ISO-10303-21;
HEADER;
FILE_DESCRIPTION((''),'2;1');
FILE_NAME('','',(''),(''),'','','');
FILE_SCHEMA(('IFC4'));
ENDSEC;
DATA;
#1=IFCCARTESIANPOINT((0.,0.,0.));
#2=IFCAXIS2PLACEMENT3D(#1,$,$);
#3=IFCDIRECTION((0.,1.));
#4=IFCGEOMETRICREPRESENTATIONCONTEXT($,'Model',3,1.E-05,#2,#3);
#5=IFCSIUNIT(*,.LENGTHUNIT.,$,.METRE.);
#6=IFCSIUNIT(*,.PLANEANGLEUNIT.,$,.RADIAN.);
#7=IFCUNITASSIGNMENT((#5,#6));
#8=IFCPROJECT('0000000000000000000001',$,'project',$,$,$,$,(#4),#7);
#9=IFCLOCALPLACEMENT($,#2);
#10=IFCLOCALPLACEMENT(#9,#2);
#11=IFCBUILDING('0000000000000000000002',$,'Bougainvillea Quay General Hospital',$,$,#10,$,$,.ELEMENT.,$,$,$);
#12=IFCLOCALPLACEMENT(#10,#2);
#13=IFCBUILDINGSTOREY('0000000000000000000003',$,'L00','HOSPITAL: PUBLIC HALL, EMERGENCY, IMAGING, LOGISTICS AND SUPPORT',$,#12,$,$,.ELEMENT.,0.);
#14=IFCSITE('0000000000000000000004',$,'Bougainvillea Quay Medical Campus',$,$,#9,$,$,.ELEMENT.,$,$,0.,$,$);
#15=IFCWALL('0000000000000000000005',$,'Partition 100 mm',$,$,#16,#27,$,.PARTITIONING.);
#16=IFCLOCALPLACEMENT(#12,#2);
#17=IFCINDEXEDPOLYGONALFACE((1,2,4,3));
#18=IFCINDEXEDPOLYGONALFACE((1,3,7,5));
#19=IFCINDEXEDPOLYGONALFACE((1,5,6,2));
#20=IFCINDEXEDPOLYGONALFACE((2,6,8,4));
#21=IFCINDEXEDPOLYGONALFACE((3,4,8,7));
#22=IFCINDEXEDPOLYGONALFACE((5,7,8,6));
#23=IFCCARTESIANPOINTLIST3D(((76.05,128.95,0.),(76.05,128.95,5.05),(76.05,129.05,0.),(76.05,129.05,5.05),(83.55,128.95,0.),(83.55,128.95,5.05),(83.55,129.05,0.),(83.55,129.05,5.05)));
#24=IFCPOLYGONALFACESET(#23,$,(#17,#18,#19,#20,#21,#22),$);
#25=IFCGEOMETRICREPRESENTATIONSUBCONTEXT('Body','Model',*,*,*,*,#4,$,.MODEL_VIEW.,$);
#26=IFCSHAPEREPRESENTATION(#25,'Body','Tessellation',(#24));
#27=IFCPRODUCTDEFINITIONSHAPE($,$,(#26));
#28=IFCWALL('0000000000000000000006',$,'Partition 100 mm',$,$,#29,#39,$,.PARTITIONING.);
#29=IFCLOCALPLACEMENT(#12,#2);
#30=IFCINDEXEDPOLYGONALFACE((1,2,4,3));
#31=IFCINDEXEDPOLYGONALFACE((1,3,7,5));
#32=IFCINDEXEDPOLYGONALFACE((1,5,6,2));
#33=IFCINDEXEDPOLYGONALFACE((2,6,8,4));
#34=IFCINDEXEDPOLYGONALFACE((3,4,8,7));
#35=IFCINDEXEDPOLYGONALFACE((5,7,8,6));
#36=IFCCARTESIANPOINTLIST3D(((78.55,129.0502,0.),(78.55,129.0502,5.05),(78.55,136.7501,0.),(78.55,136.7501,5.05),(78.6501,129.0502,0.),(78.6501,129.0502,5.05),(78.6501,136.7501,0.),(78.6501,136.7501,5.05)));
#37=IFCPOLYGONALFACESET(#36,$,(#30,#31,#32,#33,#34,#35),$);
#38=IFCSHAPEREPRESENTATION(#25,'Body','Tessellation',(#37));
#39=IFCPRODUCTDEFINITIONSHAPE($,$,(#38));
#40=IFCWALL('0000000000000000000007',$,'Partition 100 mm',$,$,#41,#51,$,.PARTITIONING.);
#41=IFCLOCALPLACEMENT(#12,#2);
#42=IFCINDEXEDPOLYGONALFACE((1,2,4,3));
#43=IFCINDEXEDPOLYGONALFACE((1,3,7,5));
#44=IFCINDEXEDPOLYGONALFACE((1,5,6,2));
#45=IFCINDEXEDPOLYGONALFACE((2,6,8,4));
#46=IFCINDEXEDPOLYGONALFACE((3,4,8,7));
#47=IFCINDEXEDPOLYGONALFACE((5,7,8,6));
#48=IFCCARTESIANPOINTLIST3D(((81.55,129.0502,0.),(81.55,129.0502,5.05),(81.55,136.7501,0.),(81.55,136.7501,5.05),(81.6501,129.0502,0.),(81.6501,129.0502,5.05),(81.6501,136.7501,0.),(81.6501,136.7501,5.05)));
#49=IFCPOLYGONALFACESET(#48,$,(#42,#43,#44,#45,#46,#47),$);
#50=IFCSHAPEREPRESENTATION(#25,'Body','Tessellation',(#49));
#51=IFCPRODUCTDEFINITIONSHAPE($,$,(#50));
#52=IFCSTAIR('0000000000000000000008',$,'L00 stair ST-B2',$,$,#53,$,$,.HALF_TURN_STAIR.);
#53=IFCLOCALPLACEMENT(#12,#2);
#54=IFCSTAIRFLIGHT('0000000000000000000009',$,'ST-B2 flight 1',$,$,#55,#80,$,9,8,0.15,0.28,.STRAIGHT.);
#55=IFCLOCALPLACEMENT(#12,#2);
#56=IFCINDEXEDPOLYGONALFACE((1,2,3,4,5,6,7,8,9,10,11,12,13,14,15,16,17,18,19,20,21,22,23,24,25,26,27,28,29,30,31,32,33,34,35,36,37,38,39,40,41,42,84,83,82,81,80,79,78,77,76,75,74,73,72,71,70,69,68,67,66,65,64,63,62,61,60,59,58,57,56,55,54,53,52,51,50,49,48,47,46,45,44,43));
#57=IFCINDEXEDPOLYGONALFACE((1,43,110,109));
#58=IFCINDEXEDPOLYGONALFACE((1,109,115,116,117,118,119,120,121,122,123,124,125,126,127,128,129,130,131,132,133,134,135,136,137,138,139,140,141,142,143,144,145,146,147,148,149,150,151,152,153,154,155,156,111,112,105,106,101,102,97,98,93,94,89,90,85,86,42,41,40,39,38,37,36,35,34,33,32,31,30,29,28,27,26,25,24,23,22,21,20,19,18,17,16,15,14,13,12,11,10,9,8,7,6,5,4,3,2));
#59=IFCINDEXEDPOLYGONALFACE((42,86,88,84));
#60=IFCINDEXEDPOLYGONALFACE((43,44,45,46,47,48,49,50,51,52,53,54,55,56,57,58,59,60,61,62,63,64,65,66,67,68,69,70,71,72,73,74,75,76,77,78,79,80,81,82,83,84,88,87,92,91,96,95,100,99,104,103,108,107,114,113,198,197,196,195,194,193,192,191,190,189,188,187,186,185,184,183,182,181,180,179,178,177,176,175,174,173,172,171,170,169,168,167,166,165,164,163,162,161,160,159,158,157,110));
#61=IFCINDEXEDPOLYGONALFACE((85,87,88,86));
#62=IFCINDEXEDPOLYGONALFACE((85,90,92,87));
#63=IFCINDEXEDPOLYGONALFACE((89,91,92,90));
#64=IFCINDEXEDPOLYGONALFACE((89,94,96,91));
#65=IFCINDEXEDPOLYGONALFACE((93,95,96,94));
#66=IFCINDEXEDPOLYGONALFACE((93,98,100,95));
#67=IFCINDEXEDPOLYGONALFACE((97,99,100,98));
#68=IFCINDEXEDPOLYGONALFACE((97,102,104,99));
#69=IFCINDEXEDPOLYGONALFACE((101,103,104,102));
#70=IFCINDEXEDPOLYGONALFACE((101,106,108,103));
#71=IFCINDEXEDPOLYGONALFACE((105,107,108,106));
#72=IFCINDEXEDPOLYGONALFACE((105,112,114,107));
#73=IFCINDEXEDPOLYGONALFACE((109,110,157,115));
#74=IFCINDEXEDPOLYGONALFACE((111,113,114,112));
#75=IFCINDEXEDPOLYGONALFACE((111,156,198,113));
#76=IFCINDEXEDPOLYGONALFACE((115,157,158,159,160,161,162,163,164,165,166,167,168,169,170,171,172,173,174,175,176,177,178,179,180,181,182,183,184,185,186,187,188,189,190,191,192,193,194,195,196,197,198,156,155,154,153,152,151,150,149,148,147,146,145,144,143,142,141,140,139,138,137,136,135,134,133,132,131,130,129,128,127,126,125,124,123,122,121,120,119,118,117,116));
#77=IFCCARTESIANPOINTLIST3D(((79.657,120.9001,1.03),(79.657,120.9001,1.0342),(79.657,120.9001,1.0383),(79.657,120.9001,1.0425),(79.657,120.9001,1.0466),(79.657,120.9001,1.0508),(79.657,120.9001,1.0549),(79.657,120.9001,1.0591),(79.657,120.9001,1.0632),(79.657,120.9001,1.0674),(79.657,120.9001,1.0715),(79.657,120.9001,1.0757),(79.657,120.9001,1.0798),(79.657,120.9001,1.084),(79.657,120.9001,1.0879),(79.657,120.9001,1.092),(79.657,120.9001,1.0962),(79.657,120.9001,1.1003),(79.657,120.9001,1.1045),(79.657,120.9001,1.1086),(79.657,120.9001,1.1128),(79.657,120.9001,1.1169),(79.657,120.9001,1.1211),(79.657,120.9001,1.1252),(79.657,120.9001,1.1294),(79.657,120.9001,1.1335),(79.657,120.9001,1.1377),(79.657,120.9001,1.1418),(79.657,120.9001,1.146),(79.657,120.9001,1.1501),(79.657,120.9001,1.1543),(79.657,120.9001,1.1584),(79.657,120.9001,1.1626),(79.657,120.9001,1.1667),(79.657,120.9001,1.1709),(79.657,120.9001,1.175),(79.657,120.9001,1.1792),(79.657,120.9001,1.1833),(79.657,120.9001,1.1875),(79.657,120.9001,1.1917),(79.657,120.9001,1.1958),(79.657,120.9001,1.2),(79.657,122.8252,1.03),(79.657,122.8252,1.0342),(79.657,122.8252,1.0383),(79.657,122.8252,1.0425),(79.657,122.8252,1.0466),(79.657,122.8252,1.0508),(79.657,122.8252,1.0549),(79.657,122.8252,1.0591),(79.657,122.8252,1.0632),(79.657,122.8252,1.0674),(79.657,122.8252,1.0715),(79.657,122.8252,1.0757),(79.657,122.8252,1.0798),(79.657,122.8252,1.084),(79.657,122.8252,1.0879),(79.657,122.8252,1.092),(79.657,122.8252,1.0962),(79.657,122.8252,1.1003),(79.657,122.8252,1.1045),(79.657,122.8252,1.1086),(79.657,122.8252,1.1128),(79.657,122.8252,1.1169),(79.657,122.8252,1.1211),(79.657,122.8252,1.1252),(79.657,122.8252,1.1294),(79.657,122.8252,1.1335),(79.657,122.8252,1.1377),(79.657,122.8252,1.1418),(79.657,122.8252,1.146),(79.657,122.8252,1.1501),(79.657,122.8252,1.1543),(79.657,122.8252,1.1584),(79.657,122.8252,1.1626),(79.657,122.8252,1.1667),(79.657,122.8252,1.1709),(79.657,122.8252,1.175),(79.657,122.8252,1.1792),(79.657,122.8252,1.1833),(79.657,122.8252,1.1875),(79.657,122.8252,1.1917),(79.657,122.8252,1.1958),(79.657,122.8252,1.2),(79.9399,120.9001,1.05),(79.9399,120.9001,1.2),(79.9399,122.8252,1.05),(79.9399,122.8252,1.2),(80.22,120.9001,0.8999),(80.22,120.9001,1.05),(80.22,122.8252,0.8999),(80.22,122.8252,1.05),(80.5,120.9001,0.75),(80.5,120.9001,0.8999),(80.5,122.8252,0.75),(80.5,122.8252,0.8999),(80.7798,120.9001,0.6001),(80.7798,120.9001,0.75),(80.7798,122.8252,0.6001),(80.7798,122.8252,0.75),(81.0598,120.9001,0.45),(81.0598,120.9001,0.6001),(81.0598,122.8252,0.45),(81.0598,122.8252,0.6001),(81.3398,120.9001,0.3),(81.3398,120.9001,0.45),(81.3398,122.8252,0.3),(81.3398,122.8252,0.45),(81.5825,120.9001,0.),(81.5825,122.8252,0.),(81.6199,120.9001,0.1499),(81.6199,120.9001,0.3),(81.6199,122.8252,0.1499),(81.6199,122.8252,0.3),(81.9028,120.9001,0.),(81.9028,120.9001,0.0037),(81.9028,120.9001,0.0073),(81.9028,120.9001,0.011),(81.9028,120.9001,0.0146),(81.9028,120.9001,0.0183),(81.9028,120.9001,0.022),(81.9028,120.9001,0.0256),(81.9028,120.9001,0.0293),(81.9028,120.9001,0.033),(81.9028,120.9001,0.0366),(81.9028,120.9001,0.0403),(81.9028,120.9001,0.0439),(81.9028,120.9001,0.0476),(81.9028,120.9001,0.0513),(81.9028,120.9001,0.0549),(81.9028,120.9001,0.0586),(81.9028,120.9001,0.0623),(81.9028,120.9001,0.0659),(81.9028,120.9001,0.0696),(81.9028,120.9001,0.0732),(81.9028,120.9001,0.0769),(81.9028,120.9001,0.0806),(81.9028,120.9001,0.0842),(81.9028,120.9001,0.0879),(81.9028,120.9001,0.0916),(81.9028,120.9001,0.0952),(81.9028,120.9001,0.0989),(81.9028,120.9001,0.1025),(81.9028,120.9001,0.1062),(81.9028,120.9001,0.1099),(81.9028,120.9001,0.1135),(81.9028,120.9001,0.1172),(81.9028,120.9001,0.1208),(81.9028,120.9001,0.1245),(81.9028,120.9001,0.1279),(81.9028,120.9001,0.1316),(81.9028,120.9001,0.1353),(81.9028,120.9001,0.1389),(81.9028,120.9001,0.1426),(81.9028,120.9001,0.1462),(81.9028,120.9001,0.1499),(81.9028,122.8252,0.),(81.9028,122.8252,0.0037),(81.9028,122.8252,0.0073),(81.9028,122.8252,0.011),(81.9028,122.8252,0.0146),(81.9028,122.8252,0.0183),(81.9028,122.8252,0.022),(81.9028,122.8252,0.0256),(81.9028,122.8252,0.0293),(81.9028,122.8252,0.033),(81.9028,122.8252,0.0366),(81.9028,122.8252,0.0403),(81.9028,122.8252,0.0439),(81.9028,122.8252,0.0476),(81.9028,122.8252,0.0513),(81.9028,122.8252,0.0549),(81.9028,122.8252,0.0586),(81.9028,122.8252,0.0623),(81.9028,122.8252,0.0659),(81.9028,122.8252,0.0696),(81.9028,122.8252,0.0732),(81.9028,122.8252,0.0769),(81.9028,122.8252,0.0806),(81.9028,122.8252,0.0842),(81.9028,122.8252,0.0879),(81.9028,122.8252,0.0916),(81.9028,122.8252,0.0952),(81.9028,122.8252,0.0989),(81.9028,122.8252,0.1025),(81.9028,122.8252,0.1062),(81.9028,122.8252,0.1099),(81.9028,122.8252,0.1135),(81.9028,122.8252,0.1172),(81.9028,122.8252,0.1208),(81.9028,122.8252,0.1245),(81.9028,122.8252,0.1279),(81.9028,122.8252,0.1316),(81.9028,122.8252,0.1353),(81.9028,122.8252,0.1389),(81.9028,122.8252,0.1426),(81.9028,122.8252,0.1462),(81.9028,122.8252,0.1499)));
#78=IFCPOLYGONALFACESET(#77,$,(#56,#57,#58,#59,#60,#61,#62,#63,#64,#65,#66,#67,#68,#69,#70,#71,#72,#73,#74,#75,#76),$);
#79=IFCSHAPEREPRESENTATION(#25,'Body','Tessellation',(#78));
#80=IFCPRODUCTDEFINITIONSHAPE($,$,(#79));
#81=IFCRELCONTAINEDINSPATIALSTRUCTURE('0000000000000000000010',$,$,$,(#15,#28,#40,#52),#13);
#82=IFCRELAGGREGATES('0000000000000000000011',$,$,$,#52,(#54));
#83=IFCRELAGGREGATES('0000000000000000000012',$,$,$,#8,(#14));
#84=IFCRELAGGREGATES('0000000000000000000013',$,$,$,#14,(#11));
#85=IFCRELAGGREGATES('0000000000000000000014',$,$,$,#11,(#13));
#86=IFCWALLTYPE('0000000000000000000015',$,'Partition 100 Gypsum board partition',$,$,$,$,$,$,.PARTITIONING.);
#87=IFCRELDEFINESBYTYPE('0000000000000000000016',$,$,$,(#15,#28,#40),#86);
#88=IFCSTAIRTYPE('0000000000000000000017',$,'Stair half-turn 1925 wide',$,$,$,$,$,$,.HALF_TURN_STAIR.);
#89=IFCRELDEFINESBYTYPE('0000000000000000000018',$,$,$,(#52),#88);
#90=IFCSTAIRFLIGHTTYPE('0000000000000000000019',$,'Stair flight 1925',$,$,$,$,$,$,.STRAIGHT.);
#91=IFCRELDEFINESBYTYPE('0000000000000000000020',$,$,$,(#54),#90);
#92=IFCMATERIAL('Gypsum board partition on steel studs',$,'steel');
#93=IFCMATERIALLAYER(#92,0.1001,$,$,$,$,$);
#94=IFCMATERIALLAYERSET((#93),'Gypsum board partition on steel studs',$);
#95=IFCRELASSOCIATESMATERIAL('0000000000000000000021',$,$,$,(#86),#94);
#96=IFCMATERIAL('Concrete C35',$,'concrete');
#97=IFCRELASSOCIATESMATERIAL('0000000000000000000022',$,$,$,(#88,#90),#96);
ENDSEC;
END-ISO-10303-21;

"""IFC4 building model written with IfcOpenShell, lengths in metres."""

from ifc_helpers import new_model, si_unit, direction, frame, frame_2d, origin, place, context, subcontext, project, spatial, polyline, rectangle, outline, extrude, material, layer, layer_set, type_object, element, aggregate, save


model = new_model("IFC4")

# Units and contexts
model_context = context("Model", 3, precision=1e-05, world=origin(), true_north=direction((0.0, 1.0)))
body_context = subcontext(model_context, "Body", "Model", "MODEL_VIEW")
ifc_project = project(units=[si_unit("LENGTHUNIT", "METRE"), si_unit("PLANEANGLEUNIT", "RADIAN")], contexts=[model_context])

# Site, building, storey
site_placement = place(None, origin())
site = spatial("IfcSite", under=ifc_project, at=site_placement, Name="Bougainvillea Quay Medical Campus", CompositionType="ELEMENT", RefElevation=0.0)
building_placement = place(site_placement, origin())
building = spatial("IfcBuilding", under=site, at=building_placement, Name="Bougainvillea Quay General Hospital", CompositionType="ELEMENT")
storey_placement = place(building_placement, origin())
storey = spatial("IfcBuildingStorey", under=building, at=storey_placement, Name="L00", Description="HOSPITAL: PUBLIC HALL, EMERGENCY, IMAGING, LOGISTICS AND SUPPORT", CompositionType="ELEMENT", Elevation=0.0)

# Walls
ifc_material_1 = material(Name="Gypsum board partition on steel studs", Category="steel")
ifc_layer = layer(ifc_material_1, 0.1001)
ifc_layer_set = layer_set([ifc_layer], Name="Gypsum board partition on steel studs")
wall_type = type_object("IfcWallType", Name="Partition 100 Gypsum board partition", PredefinedType="PARTITIONING", material=ifc_layer_set)
wall_placement = place(storey_placement, frame((83.55, 129.0, 0.0), z_axis=(0.0, 0.0, 1.0), x_axis=(-1.0, 0.0, 0.0)))
element("IfcWall", 1, at=wall_placement, inside=storey, type_object=wall_type, Name="Partition 100 mm", PredefinedType="PARTITIONING", context=body_context, shape_type="SweptSolid", body=[
    extrude(rectangle(XDim=7.5, YDim=0.1001, at=frame_2d((3.75, 0.0))), origin(), (0.0, 0.0, 1.0), 5.05),
])
for number, where, z_axis, x_axis, name in (
    (2, (78.6001, 129.05, 0.0), (0.0, 0.0, 1.0), (0.0, 1.0, 0.0), "Partition 100 mm"),
    (3, (81.6001, 129.05, 0.0), (0.0, 0.0, 1.0), (0.0, 1.0, 0.0), "Partition 100 mm"),
):
    element("IfcWall", number, at=place(storey_placement, frame(where, z_axis=z_axis, x_axis=x_axis)), inside=storey, type_object=wall_type, Name=name, PredefinedType="PARTITIONING", context=body_context, shape_type="SweptSolid", body=[
        extrude(rectangle(XDim=7.7, YDim=0.1001, at=frame_2d((3.8501, 0.0))), origin(), (0.0, 0.0, 1.0), 5.05),
    ])

# Stair, stair flight
ifc_material_2 = material(Name="Concrete C35", Category="concrete")
stair_type = type_object("IfcStairType", Name="Stair half-turn 1925 wide", PredefinedType="HALF_TURN_STAIR", material=ifc_material_2)
stair_placement = place(storey_placement, origin())
stair = element("IfcStair", 4, at=stair_placement, inside=storey, type_object=stair_type, Name="L00 stair ST-B2", PredefinedType="HALF_TURN_STAIR")
stair_flight_type = type_object("IfcStairFlightType", Name="Stair flight 1925", PredefinedType="STRAIGHT", material=ifc_material_2)
stair_flight_1_placement = place(storey_placement, frame((81.8999, 121.8625, 0.0), z_axis=(0.0, 0.0, 1.0), x_axis=(-1.0, 0.0, 0.0)))
stair_flight_1 = element("IfcStairFlight", 5, at=stair_flight_1_placement, type_object=stair_flight_type, Name="ST-B2 flight 1", NumberOfRisers=9, NumberOfTreads=8, PredefinedType="STRAIGHT", RiserHeight=0.15, TreadLength=0.28, context=body_context, shape_type="SweptSolid", body=[
    extrude(outline(polyline([(-0.0029, 0.0), (-0.0029, 0.0037), (-0.0029, 0.0073), (-0.0029, 0.011), (-0.0029, 0.0146), (-0.0029, 0.0183), (-0.0029, 0.022), (-0.0029, 0.0256), (-0.0029, 0.0293), (-0.0029, 0.033), (-0.0029, 0.0366), (-0.0029, 0.0403), (-0.0029, 0.0439), (-0.0029, 0.0476), (-0.0029, 0.0513), (-0.0029, 0.0549), (-0.0029, 0.0586), (-0.0029, 0.0623), (-0.0029, 0.0659), (-0.0029, 0.0696), (-0.0029, 0.0732), (-0.0029, 0.0769), (-0.0029, 0.0806), (-0.0029, 0.0842), (-0.0029, 0.0879), (-0.0029, 0.0916), (-0.0029, 0.0952), (-0.0029, 0.0989), (-0.0029, 0.1025), (-0.0029, 0.1062), (-0.0029, 0.1099), (-0.0029, 0.1135), (-0.0029, 0.1172), (-0.0029, 0.1208), (-0.0029, 0.1245), (-0.0029, 0.1279), (-0.0029, 0.1316), (-0.0029, 0.1353), (-0.0029, 0.1389), (-0.0029, 0.1426), (-0.0029, 0.1462), (-0.0029, 0.1499), (0.28, 0.1499), (0.28, 0.3), (0.5601, 0.3), (0.5601, 0.45), (0.8401, 0.45), (0.8401, 0.6001), (1.1201, 0.6001), (1.1201, 0.75), (1.3999, 0.75), (1.3999, 0.8999), (1.6799, 0.8999), (1.6799, 1.05), (1.96, 1.05), (1.96, 1.2), (2.2429, 1.2), (2.2429, 1.1958), (2.2429, 1.1917), (2.2429, 1.1875), (2.2429, 1.1833), (2.2429, 1.1792), (2.2429, 1.175), (2.2429, 1.1709), (2.2429, 1.1667), (2.2429, 1.1626), (2.2429, 1.1584), (2.2429, 1.1543), (2.2429, 1.1501), (2.2429, 1.146), (2.2429, 1.1418), (2.2429, 1.1377), (2.2429, 1.1335), (2.2429, 1.1294), (2.2429, 1.1252), (2.2429, 1.1211), (2.2429, 1.1169), (2.2429, 1.1128), (2.2429, 1.1086), (2.2429, 1.1045), (2.2429, 1.1003), (2.2429, 1.0962), (2.2429, 1.092), (2.2429, 1.0879), (2.2429, 1.084), (2.2429, 1.0798), (2.2429, 1.0757), (2.2429, 1.0715), (2.2429, 1.0674), (2.2429, 1.0632), (2.2429, 1.0591), (2.2429, 1.0549), (2.2429, 1.0508), (2.2429, 1.0466), (2.2429, 1.0425), (2.2429, 1.0383), (2.2429, 1.0342), (2.2429, 1.03), (0.3174, 0.0), (-0.0029, 0.0)])), frame((0.0, 0.9624, 0.0), z_axis=(0.0, -1.0, 0.0), x_axis=(1.0, 0.0, 0.0)), (0.0, 0.0, 1.0), 1.925),
])
aggregate(stair, [stair_flight_1])

save(model, "model.ifc")
